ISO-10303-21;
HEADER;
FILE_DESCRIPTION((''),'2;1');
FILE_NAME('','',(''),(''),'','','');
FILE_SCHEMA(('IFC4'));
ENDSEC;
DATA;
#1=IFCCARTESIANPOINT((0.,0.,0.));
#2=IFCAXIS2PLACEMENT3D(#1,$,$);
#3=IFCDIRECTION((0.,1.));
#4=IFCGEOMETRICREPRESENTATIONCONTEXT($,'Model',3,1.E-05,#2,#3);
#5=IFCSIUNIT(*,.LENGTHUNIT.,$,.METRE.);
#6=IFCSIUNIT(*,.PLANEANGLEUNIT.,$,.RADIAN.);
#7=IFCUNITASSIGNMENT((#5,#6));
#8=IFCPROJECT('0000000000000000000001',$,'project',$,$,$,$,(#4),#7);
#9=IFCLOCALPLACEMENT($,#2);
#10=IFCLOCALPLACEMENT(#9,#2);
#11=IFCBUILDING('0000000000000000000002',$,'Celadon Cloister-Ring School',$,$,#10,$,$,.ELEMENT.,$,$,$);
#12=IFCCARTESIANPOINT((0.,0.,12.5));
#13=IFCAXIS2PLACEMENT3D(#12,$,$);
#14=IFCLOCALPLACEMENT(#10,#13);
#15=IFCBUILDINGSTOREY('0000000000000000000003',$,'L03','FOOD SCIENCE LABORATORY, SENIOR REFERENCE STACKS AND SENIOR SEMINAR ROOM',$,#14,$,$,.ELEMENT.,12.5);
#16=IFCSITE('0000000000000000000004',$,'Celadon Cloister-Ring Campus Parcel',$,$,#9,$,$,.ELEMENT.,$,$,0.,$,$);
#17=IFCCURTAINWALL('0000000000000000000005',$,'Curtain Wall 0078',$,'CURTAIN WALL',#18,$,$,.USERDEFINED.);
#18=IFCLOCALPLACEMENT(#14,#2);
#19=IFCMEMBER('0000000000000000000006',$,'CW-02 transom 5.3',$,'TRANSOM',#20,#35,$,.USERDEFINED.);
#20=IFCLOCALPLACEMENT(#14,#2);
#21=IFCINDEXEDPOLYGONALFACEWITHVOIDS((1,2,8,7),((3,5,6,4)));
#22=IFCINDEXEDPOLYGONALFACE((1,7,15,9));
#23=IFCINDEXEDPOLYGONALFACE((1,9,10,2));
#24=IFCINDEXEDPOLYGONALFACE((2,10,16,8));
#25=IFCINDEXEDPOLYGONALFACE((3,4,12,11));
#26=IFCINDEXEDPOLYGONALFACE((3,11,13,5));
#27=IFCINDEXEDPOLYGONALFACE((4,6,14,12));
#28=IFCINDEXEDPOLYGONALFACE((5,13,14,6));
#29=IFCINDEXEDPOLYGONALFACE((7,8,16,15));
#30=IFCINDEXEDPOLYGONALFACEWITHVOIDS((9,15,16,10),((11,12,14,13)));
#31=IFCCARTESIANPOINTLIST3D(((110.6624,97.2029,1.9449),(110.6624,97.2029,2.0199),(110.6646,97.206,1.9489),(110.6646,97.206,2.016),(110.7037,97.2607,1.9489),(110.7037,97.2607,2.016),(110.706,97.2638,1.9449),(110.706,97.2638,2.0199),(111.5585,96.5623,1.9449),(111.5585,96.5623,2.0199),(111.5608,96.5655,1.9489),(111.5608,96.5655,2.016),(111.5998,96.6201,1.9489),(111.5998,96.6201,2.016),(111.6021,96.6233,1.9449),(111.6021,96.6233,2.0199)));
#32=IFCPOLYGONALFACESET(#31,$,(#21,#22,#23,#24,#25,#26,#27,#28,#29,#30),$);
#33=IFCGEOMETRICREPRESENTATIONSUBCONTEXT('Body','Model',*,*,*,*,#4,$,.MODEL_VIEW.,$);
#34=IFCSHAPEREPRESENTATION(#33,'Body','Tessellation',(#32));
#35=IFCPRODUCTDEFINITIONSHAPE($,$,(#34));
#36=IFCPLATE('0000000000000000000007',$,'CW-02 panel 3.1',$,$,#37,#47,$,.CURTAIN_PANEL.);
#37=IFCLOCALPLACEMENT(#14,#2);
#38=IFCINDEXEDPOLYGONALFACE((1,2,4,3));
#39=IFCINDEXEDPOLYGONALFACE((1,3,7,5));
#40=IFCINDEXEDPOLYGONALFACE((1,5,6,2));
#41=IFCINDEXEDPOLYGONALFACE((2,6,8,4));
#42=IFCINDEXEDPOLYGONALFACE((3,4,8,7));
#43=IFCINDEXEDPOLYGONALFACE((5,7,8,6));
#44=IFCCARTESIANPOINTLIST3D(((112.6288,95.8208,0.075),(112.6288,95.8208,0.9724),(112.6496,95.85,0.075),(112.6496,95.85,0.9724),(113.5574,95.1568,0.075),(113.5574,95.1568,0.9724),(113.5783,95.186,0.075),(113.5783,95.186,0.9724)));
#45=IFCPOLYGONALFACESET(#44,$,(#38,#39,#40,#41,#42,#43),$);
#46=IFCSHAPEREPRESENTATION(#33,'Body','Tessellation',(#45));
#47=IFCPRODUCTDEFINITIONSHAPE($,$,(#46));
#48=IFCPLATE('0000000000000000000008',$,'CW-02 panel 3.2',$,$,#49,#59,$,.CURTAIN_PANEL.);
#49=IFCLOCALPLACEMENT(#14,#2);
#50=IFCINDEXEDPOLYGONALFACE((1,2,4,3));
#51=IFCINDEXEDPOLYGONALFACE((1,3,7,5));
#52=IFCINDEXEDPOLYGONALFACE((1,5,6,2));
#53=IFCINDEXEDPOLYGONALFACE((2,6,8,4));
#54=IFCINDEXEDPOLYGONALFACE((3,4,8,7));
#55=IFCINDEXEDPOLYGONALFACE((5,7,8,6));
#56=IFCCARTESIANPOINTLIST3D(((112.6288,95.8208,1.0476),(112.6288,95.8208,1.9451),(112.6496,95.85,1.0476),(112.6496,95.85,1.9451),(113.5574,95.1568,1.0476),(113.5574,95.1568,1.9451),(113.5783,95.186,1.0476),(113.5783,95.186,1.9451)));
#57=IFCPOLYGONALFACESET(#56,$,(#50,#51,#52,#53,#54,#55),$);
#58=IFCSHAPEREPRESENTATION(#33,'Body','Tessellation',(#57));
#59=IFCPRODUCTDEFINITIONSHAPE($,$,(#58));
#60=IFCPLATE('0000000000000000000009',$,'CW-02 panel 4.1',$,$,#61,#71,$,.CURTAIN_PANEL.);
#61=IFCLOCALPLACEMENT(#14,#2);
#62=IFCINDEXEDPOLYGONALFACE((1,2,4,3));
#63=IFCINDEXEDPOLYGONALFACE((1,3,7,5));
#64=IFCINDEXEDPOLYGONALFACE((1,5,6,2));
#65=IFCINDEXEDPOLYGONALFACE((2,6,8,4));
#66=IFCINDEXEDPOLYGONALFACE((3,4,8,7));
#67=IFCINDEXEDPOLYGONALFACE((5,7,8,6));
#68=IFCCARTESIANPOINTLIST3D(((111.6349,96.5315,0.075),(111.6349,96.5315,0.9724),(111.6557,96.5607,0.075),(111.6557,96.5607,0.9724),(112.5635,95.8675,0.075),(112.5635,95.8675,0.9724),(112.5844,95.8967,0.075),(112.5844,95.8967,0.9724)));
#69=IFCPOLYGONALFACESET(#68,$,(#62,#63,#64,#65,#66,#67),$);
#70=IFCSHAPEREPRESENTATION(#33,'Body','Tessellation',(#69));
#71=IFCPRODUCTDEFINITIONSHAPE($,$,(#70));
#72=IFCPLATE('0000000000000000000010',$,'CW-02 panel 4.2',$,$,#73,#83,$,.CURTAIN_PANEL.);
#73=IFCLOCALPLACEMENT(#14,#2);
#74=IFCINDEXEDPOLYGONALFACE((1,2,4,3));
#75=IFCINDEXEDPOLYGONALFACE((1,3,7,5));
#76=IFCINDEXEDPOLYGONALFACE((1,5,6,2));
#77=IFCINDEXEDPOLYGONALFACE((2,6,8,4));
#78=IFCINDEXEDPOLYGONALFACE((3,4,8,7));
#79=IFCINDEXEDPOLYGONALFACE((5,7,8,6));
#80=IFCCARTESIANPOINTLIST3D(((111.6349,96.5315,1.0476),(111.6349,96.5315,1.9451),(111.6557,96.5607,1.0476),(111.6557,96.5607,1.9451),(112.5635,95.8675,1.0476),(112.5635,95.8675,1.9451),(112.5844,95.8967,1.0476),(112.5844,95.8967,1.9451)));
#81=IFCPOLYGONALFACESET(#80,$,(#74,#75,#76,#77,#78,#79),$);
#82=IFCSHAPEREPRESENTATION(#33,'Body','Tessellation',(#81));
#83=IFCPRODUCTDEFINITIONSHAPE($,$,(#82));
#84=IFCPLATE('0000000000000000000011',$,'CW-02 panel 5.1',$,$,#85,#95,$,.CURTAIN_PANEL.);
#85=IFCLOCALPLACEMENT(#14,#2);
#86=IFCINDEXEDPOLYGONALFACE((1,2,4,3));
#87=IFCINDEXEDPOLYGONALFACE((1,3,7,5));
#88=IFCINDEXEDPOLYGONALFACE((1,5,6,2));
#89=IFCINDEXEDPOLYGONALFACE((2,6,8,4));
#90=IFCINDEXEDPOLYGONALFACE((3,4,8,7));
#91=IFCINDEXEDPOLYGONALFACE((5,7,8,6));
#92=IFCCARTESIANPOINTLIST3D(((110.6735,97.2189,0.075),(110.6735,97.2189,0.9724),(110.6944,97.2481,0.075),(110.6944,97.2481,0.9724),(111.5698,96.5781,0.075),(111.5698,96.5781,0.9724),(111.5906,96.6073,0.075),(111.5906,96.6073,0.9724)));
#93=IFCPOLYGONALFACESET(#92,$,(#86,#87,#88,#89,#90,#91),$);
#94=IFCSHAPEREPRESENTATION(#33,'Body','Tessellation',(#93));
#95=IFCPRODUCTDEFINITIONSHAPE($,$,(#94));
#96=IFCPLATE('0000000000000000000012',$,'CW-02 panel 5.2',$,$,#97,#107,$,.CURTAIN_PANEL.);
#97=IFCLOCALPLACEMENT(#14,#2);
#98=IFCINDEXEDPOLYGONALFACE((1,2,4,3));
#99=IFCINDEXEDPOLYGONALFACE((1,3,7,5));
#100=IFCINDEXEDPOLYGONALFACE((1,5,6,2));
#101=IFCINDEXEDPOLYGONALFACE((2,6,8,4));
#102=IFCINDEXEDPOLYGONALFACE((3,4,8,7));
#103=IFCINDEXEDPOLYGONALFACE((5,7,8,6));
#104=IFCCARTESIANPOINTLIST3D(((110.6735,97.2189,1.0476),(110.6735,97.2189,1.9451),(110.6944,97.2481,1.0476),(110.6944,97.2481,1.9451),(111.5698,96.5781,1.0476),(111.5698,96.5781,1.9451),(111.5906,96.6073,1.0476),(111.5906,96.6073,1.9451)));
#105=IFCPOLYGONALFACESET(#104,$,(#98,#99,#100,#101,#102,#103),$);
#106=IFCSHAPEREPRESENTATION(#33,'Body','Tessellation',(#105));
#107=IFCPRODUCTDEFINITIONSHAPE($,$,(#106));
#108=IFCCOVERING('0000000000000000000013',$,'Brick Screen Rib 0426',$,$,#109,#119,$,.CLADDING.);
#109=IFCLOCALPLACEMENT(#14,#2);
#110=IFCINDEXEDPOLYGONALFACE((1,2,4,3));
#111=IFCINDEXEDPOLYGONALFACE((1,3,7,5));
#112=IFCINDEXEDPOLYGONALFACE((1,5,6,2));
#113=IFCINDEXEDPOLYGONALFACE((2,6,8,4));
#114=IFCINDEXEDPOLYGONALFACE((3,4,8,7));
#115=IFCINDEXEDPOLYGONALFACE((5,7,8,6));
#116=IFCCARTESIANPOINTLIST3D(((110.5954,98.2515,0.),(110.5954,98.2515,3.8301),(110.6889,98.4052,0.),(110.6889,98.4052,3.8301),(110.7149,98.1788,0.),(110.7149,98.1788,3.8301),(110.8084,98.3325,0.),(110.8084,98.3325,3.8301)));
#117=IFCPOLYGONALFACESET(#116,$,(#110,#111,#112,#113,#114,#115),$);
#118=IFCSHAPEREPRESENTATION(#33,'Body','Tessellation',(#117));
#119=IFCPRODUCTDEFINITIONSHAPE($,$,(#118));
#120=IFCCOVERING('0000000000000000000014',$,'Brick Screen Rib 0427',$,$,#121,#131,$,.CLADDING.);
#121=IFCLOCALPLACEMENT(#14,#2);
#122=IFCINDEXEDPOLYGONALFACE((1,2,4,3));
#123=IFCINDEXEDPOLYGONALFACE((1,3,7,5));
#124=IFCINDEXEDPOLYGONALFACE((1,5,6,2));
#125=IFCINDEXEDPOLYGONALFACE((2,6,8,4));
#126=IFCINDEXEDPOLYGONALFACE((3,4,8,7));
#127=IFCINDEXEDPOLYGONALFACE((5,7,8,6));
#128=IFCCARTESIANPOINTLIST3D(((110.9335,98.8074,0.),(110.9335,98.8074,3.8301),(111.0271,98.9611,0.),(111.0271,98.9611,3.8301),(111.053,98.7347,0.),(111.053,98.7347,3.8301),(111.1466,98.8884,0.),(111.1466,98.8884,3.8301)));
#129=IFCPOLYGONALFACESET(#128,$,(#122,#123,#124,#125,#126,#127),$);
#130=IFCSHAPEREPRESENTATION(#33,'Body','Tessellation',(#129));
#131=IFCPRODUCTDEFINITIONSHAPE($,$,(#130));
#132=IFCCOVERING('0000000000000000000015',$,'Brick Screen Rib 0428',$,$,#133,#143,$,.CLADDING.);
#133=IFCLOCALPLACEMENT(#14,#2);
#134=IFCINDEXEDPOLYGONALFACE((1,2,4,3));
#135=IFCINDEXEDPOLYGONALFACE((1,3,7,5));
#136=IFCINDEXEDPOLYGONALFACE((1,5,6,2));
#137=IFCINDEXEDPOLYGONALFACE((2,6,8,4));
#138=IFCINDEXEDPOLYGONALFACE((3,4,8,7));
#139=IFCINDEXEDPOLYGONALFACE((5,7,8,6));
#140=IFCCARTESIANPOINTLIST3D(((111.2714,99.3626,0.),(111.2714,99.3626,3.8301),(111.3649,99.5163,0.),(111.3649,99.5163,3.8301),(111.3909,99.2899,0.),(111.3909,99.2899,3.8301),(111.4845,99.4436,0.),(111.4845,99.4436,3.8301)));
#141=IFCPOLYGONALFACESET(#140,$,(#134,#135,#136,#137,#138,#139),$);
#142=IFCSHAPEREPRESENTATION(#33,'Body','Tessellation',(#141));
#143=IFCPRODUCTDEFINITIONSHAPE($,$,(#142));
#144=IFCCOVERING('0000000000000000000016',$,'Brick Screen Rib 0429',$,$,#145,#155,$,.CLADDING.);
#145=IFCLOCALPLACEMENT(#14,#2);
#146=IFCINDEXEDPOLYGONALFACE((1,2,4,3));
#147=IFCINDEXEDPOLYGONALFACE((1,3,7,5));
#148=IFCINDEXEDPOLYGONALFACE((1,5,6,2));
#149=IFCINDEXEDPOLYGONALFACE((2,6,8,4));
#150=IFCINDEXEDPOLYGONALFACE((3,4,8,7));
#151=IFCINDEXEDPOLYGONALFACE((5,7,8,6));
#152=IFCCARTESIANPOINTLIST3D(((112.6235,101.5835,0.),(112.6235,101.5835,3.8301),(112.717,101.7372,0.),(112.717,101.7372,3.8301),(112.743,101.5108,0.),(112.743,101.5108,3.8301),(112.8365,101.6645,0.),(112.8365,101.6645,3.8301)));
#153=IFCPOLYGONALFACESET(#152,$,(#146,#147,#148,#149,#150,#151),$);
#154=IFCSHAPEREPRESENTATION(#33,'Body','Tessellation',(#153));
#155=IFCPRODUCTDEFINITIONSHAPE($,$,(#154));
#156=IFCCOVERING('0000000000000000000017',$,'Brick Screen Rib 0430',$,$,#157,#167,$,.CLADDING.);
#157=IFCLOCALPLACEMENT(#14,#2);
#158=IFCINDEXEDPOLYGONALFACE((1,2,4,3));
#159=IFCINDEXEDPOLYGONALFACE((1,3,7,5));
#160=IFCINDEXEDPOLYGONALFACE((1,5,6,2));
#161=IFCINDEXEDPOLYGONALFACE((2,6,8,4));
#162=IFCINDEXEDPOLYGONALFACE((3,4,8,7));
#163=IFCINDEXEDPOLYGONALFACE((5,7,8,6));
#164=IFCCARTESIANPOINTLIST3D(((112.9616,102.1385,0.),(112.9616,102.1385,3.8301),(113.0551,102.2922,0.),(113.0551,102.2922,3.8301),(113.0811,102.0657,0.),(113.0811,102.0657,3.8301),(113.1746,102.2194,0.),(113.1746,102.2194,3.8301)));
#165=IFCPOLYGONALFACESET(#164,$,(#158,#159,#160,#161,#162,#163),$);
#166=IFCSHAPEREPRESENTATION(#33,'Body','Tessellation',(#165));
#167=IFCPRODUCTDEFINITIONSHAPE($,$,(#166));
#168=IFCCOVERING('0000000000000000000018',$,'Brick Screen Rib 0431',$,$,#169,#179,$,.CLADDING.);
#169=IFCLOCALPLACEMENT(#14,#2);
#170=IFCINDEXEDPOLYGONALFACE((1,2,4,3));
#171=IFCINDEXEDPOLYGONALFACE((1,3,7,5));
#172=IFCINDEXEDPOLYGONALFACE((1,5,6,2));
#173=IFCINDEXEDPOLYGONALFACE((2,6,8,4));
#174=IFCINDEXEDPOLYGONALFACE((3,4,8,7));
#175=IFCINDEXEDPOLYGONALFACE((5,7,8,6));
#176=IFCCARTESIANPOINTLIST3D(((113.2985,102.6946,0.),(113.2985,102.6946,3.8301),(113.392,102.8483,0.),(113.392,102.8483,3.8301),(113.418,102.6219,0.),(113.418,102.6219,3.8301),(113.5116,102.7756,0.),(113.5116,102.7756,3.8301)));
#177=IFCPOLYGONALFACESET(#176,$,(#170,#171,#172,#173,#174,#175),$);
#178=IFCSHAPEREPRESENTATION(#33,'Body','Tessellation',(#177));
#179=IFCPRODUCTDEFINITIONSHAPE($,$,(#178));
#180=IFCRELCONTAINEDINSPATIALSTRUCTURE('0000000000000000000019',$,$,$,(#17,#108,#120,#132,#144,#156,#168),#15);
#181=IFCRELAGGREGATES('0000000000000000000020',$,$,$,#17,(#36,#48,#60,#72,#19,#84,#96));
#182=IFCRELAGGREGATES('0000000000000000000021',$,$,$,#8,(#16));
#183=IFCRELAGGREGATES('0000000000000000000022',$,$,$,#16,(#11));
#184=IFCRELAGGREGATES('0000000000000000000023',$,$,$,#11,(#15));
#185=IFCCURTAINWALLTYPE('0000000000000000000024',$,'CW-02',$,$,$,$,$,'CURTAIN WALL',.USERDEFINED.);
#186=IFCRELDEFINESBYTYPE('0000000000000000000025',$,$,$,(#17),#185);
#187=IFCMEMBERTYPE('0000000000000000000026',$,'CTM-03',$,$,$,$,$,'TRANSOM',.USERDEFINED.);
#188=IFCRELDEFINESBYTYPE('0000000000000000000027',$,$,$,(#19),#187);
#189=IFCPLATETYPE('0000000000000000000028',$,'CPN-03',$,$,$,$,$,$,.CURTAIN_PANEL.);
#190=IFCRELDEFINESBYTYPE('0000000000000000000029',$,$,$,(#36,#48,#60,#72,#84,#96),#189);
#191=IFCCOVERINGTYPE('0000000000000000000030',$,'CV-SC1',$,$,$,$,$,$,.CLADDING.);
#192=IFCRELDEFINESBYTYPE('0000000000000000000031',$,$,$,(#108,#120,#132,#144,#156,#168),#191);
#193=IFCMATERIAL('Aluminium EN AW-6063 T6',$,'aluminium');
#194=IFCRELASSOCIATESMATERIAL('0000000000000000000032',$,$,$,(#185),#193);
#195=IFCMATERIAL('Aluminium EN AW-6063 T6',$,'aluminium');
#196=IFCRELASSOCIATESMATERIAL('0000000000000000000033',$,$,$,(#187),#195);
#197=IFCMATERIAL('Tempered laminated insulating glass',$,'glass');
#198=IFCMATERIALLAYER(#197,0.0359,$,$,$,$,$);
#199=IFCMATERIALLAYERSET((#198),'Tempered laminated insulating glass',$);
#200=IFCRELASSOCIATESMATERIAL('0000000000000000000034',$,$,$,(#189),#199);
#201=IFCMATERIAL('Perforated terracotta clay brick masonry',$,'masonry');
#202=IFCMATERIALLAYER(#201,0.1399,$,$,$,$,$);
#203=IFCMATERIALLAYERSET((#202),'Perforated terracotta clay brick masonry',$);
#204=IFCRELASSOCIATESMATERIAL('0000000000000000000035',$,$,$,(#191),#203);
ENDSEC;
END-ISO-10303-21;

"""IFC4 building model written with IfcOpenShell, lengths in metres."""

from ifc_helpers import new_model, si_unit, direction, frame, origin, origin_2d, place, context, subcontext, project, spatial, rectangle, hollow_rectangle, extrude, material, layer, layer_set, material_profile, profile_set, type_object, element, aggregate, save


model = new_model("IFC4")

# Units and contexts
model_context = context("Model", 3, precision=1e-05, world=origin(), true_north=direction((0.0, 1.0)))
body_context = subcontext(model_context, "Body", "Model", "MODEL_VIEW")
ifc_project = project(units=[si_unit("LENGTHUNIT", "METRE"), si_unit("PLANEANGLEUNIT", "RADIAN")], contexts=[model_context])

# Site, building, storey
site_placement = place(None, origin())
site = spatial("IfcSite", under=ifc_project, at=site_placement, Name="Celadon Cloister-Ring Campus Parcel", CompositionType="ELEMENT", RefElevation=0.0)
building_placement = place(site_placement, origin())
building = spatial("IfcBuilding", under=site, at=building_placement, Name="Celadon Cloister-Ring School", CompositionType="ELEMENT")
storey_placement = place(building_placement, frame((0.0, 0.0, 12.5)))
storey = spatial("IfcBuildingStorey", under=building, at=storey_placement, Name="L03", Description="FOOD SCIENCE LABORATORY, SENIOR REFERENCE STACKS AND SENIOR SEMINAR ROOM", CompositionType="ELEMENT", Elevation=12.5)

# Curtain wall, member, plates
ifc_material_1 = material(Name="Aluminium EN AW-6063 T6", Category="aluminium")
curtain_wall_type = type_object("IfcCurtainWallType", Name="CW-02", ElementType="CURTAIN WALL", PredefinedType="USERDEFINED", material=ifc_material_1)
curtain_wall_placement = place(storey_placement, origin())
curtain_wall = element("IfcCurtainWall", 1, at=curtain_wall_placement, inside=storey, type_object=curtain_wall_type, Name="Curtain Wall 0078", ObjectType="CURTAIN WALL", PredefinedType="USERDEFINED")
ifc_material_2 = material(Name="Aluminium EN AW-6063 T6", Category="aluminium")
ifc_material_profile_1 = material_profile(ifc_material_2, hollow_rectangle(XDim=0.075, YDim=0.075, WallThickness=0.0039, at=origin_2d()), Name="RHS75X75X4")
ifc_profile_set_1 = profile_set([ifc_material_profile_1], Name="Aluminium EN AW-6063 T6")
member_type_1 = type_object("IfcMemberType", Name="CTM-03", ElementType="TRANSOM", PredefinedType="USERDEFINED", material=ifc_profile_set_1)
member_1_placement = place(storey_placement, frame((111.5803, 96.5928, 1.9824), z_axis=(-0.813539, 0.581511, 0.0), x_axis=(-0.581511, -0.813539, 0.0)))
member_1 = element("IfcMember", 2, at=member_1_placement, type_object=member_type_1, Name="CW-02 transom 5.3", ObjectType="TRANSOM", PredefinedType="USERDEFINED", context=body_context, shape_type="SweptSolid", body=[
    extrude(hollow_rectangle(XDim=0.075, YDim=0.075, WallThickness=0.0039, at=origin_2d()), origin(), (0.0, 0.0, 1.0), 1.1016),
])
ifc_material_3 = material(Name="Tempered laminated insulating glass", Category="glass")
ifc_layer_1 = layer(ifc_material_3, 0.0359)
ifc_layer_set_1 = layer_set([ifc_layer_1], Name="Tempered laminated insulating glass")
plate_type = type_object("IfcPlateType", Name="CPN-03", PredefinedType="CURTAIN_PANEL", material=ifc_layer_set_1)
plate_1_placement = place(storey_placement, frame((113.1035, 95.5034, 0.075), z_axis=(0.0, 0.0, 1.0), x_axis=(-0.813446, 0.581641, 0.0)))
plate_1 = element("IfcPlate", 3, at=plate_1_placement, type_object=plate_type, Name="CW-02 panel 3.1", PredefinedType="CURTAIN_PANEL", context=body_context, shape_type="SweptSolid", body=[
    extrude(rectangle(XDim=1.1416, YDim=0.0359, at=origin_2d()), origin(), (0.0, 0.0, 1.0), 0.8975),
])
plate_2_placement = place(storey_placement, frame((113.1035, 95.5034, 1.0476), z_axis=(0.0, 0.0, 1.0), x_axis=(-0.813446, 0.581641, 0.0)))
plate_2 = element("IfcPlate", 4, at=plate_2_placement, type_object=plate_type, Name="CW-02 panel 3.2", PredefinedType="CURTAIN_PANEL", context=body_context, shape_type="SweptSolid", body=[
    extrude(rectangle(XDim=1.1416, YDim=0.0359, at=origin_2d()), origin(), (0.0, 0.0, 1.0), 0.8975),
])
plate_3_placement = place(storey_placement, frame((112.1096, 96.2141, 0.075), z_axis=(0.0, 0.0, 1.0), x_axis=(-0.813446, 0.581641, 0.0)))
plate_3 = element("IfcPlate", 5, at=plate_3_placement, type_object=plate_type, Name="CW-02 panel 4.1", PredefinedType="CURTAIN_PANEL", context=body_context, shape_type="SweptSolid", body=[
    extrude(rectangle(XDim=1.1416, YDim=0.0359, at=origin_2d()), origin(), (0.0, 0.0, 1.0), 0.8975),
])
plate_4_placement = place(storey_placement, frame((112.1096, 96.2141, 1.0476), z_axis=(0.0, 0.0, 1.0), x_axis=(-0.813446, 0.581641, 0.0)))
plate_4 = element("IfcPlate", 6, at=plate_4_placement, type_object=plate_type, Name="CW-02 panel 4.2", PredefinedType="CURTAIN_PANEL", context=body_context, shape_type="SweptSolid", body=[
    extrude(rectangle(XDim=1.1416, YDim=0.0359, at=origin_2d()), origin(), (0.0, 0.0, 1.0), 0.8975),
])
plate_5_placement = place(storey_placement, frame((111.1321, 96.9131, 0.075), z_axis=(0.0, 0.0, 1.0), x_axis=(-0.813446, 0.581641, 0.0)))
plate_5 = element("IfcPlate", 7, at=plate_5_placement, type_object=plate_type, Name="CW-02 panel 5.1", PredefinedType="CURTAIN_PANEL", context=body_context, shape_type="SweptSolid", body=[
    extrude(rectangle(XDim=1.1018, YDim=0.0359, at=origin_2d()), origin(), (0.0, 0.0, 1.0), 0.8975),
])
plate_6_placement = place(storey_placement, frame((111.1321, 96.9131, 1.0476), z_axis=(0.0, 0.0, 1.0), x_axis=(-0.813446, 0.581641, 0.0)))
plate_6 = element("IfcPlate", 8, at=plate_6_placement, type_object=plate_type, Name="CW-02 panel 5.2", PredefinedType="CURTAIN_PANEL", context=body_context, shape_type="SweptSolid", body=[
    extrude(rectangle(XDim=1.1018, YDim=0.0359, at=origin_2d()), origin(), (0.0, 0.0, 1.0), 0.8975),
])
aggregate(curtain_wall, [plate_1, plate_2, plate_3, plate_4, member_1, plate_5, plate_6])

# Coverings
ifc_material_4 = material(Name="Perforated terracotta clay brick masonry", Category="masonry")
ifc_layer_2 = layer(ifc_material_4, 0.1399)
ifc_layer_set_2 = layer_set([ifc_layer_2], Name="Perforated terracotta clay brick masonry")
covering_type = type_object("IfcCoveringType", Name="CV-SC1", PredefinedType="CLADDING", material=ifc_layer_set_2)
for number, where, z_axis, x_axis, name in (
    (9, (110.7019, 98.292, 0.0), (0.0, 0.0, 1.0), (0.519862, 0.85425, 0.0), "Brick Screen Rib 0426"),
    (10, (111.04, 98.8479, 0.0), (0.0, 0.0, 1.0), (0.519862, 0.85425, 0.0), "Brick Screen Rib 0427"),
    (11, (111.3779, 99.4031, 0.0), (0.0, 0.0, 1.0), (0.519862, 0.85425, 0.0), "Brick Screen Rib 0428"),
    (12, (112.73, 101.624, 0.0), (0.0, 0.0, 1.0), (0.519862, 0.85425, 0.0), "Brick Screen Rib 0429"),
    (13, (113.0681, 102.179, 0.0), (0.0, 0.0, 1.0), (0.519862, 0.85425, 0.0), "Brick Screen Rib 0430"),
    (14, (113.405, 102.7351, 0.0), (0.0, 0.0, 1.0), (0.519862, 0.85425, 0.0), "Brick Screen Rib 0431"),
):
    element("IfcCovering", number, at=place(storey_placement, frame(where, z_axis=z_axis, x_axis=x_axis)), inside=storey, type_object=covering_type, Name=name, PredefinedType="CLADDING", context=body_context, shape_type="SweptSolid", body=[
        extrude(rectangle(XDim=0.1799, YDim=0.1399, at=origin_2d()), origin(), (0.0, 0.0, 1.0), 3.8301),
    ])

save(model, "model.ifc")
